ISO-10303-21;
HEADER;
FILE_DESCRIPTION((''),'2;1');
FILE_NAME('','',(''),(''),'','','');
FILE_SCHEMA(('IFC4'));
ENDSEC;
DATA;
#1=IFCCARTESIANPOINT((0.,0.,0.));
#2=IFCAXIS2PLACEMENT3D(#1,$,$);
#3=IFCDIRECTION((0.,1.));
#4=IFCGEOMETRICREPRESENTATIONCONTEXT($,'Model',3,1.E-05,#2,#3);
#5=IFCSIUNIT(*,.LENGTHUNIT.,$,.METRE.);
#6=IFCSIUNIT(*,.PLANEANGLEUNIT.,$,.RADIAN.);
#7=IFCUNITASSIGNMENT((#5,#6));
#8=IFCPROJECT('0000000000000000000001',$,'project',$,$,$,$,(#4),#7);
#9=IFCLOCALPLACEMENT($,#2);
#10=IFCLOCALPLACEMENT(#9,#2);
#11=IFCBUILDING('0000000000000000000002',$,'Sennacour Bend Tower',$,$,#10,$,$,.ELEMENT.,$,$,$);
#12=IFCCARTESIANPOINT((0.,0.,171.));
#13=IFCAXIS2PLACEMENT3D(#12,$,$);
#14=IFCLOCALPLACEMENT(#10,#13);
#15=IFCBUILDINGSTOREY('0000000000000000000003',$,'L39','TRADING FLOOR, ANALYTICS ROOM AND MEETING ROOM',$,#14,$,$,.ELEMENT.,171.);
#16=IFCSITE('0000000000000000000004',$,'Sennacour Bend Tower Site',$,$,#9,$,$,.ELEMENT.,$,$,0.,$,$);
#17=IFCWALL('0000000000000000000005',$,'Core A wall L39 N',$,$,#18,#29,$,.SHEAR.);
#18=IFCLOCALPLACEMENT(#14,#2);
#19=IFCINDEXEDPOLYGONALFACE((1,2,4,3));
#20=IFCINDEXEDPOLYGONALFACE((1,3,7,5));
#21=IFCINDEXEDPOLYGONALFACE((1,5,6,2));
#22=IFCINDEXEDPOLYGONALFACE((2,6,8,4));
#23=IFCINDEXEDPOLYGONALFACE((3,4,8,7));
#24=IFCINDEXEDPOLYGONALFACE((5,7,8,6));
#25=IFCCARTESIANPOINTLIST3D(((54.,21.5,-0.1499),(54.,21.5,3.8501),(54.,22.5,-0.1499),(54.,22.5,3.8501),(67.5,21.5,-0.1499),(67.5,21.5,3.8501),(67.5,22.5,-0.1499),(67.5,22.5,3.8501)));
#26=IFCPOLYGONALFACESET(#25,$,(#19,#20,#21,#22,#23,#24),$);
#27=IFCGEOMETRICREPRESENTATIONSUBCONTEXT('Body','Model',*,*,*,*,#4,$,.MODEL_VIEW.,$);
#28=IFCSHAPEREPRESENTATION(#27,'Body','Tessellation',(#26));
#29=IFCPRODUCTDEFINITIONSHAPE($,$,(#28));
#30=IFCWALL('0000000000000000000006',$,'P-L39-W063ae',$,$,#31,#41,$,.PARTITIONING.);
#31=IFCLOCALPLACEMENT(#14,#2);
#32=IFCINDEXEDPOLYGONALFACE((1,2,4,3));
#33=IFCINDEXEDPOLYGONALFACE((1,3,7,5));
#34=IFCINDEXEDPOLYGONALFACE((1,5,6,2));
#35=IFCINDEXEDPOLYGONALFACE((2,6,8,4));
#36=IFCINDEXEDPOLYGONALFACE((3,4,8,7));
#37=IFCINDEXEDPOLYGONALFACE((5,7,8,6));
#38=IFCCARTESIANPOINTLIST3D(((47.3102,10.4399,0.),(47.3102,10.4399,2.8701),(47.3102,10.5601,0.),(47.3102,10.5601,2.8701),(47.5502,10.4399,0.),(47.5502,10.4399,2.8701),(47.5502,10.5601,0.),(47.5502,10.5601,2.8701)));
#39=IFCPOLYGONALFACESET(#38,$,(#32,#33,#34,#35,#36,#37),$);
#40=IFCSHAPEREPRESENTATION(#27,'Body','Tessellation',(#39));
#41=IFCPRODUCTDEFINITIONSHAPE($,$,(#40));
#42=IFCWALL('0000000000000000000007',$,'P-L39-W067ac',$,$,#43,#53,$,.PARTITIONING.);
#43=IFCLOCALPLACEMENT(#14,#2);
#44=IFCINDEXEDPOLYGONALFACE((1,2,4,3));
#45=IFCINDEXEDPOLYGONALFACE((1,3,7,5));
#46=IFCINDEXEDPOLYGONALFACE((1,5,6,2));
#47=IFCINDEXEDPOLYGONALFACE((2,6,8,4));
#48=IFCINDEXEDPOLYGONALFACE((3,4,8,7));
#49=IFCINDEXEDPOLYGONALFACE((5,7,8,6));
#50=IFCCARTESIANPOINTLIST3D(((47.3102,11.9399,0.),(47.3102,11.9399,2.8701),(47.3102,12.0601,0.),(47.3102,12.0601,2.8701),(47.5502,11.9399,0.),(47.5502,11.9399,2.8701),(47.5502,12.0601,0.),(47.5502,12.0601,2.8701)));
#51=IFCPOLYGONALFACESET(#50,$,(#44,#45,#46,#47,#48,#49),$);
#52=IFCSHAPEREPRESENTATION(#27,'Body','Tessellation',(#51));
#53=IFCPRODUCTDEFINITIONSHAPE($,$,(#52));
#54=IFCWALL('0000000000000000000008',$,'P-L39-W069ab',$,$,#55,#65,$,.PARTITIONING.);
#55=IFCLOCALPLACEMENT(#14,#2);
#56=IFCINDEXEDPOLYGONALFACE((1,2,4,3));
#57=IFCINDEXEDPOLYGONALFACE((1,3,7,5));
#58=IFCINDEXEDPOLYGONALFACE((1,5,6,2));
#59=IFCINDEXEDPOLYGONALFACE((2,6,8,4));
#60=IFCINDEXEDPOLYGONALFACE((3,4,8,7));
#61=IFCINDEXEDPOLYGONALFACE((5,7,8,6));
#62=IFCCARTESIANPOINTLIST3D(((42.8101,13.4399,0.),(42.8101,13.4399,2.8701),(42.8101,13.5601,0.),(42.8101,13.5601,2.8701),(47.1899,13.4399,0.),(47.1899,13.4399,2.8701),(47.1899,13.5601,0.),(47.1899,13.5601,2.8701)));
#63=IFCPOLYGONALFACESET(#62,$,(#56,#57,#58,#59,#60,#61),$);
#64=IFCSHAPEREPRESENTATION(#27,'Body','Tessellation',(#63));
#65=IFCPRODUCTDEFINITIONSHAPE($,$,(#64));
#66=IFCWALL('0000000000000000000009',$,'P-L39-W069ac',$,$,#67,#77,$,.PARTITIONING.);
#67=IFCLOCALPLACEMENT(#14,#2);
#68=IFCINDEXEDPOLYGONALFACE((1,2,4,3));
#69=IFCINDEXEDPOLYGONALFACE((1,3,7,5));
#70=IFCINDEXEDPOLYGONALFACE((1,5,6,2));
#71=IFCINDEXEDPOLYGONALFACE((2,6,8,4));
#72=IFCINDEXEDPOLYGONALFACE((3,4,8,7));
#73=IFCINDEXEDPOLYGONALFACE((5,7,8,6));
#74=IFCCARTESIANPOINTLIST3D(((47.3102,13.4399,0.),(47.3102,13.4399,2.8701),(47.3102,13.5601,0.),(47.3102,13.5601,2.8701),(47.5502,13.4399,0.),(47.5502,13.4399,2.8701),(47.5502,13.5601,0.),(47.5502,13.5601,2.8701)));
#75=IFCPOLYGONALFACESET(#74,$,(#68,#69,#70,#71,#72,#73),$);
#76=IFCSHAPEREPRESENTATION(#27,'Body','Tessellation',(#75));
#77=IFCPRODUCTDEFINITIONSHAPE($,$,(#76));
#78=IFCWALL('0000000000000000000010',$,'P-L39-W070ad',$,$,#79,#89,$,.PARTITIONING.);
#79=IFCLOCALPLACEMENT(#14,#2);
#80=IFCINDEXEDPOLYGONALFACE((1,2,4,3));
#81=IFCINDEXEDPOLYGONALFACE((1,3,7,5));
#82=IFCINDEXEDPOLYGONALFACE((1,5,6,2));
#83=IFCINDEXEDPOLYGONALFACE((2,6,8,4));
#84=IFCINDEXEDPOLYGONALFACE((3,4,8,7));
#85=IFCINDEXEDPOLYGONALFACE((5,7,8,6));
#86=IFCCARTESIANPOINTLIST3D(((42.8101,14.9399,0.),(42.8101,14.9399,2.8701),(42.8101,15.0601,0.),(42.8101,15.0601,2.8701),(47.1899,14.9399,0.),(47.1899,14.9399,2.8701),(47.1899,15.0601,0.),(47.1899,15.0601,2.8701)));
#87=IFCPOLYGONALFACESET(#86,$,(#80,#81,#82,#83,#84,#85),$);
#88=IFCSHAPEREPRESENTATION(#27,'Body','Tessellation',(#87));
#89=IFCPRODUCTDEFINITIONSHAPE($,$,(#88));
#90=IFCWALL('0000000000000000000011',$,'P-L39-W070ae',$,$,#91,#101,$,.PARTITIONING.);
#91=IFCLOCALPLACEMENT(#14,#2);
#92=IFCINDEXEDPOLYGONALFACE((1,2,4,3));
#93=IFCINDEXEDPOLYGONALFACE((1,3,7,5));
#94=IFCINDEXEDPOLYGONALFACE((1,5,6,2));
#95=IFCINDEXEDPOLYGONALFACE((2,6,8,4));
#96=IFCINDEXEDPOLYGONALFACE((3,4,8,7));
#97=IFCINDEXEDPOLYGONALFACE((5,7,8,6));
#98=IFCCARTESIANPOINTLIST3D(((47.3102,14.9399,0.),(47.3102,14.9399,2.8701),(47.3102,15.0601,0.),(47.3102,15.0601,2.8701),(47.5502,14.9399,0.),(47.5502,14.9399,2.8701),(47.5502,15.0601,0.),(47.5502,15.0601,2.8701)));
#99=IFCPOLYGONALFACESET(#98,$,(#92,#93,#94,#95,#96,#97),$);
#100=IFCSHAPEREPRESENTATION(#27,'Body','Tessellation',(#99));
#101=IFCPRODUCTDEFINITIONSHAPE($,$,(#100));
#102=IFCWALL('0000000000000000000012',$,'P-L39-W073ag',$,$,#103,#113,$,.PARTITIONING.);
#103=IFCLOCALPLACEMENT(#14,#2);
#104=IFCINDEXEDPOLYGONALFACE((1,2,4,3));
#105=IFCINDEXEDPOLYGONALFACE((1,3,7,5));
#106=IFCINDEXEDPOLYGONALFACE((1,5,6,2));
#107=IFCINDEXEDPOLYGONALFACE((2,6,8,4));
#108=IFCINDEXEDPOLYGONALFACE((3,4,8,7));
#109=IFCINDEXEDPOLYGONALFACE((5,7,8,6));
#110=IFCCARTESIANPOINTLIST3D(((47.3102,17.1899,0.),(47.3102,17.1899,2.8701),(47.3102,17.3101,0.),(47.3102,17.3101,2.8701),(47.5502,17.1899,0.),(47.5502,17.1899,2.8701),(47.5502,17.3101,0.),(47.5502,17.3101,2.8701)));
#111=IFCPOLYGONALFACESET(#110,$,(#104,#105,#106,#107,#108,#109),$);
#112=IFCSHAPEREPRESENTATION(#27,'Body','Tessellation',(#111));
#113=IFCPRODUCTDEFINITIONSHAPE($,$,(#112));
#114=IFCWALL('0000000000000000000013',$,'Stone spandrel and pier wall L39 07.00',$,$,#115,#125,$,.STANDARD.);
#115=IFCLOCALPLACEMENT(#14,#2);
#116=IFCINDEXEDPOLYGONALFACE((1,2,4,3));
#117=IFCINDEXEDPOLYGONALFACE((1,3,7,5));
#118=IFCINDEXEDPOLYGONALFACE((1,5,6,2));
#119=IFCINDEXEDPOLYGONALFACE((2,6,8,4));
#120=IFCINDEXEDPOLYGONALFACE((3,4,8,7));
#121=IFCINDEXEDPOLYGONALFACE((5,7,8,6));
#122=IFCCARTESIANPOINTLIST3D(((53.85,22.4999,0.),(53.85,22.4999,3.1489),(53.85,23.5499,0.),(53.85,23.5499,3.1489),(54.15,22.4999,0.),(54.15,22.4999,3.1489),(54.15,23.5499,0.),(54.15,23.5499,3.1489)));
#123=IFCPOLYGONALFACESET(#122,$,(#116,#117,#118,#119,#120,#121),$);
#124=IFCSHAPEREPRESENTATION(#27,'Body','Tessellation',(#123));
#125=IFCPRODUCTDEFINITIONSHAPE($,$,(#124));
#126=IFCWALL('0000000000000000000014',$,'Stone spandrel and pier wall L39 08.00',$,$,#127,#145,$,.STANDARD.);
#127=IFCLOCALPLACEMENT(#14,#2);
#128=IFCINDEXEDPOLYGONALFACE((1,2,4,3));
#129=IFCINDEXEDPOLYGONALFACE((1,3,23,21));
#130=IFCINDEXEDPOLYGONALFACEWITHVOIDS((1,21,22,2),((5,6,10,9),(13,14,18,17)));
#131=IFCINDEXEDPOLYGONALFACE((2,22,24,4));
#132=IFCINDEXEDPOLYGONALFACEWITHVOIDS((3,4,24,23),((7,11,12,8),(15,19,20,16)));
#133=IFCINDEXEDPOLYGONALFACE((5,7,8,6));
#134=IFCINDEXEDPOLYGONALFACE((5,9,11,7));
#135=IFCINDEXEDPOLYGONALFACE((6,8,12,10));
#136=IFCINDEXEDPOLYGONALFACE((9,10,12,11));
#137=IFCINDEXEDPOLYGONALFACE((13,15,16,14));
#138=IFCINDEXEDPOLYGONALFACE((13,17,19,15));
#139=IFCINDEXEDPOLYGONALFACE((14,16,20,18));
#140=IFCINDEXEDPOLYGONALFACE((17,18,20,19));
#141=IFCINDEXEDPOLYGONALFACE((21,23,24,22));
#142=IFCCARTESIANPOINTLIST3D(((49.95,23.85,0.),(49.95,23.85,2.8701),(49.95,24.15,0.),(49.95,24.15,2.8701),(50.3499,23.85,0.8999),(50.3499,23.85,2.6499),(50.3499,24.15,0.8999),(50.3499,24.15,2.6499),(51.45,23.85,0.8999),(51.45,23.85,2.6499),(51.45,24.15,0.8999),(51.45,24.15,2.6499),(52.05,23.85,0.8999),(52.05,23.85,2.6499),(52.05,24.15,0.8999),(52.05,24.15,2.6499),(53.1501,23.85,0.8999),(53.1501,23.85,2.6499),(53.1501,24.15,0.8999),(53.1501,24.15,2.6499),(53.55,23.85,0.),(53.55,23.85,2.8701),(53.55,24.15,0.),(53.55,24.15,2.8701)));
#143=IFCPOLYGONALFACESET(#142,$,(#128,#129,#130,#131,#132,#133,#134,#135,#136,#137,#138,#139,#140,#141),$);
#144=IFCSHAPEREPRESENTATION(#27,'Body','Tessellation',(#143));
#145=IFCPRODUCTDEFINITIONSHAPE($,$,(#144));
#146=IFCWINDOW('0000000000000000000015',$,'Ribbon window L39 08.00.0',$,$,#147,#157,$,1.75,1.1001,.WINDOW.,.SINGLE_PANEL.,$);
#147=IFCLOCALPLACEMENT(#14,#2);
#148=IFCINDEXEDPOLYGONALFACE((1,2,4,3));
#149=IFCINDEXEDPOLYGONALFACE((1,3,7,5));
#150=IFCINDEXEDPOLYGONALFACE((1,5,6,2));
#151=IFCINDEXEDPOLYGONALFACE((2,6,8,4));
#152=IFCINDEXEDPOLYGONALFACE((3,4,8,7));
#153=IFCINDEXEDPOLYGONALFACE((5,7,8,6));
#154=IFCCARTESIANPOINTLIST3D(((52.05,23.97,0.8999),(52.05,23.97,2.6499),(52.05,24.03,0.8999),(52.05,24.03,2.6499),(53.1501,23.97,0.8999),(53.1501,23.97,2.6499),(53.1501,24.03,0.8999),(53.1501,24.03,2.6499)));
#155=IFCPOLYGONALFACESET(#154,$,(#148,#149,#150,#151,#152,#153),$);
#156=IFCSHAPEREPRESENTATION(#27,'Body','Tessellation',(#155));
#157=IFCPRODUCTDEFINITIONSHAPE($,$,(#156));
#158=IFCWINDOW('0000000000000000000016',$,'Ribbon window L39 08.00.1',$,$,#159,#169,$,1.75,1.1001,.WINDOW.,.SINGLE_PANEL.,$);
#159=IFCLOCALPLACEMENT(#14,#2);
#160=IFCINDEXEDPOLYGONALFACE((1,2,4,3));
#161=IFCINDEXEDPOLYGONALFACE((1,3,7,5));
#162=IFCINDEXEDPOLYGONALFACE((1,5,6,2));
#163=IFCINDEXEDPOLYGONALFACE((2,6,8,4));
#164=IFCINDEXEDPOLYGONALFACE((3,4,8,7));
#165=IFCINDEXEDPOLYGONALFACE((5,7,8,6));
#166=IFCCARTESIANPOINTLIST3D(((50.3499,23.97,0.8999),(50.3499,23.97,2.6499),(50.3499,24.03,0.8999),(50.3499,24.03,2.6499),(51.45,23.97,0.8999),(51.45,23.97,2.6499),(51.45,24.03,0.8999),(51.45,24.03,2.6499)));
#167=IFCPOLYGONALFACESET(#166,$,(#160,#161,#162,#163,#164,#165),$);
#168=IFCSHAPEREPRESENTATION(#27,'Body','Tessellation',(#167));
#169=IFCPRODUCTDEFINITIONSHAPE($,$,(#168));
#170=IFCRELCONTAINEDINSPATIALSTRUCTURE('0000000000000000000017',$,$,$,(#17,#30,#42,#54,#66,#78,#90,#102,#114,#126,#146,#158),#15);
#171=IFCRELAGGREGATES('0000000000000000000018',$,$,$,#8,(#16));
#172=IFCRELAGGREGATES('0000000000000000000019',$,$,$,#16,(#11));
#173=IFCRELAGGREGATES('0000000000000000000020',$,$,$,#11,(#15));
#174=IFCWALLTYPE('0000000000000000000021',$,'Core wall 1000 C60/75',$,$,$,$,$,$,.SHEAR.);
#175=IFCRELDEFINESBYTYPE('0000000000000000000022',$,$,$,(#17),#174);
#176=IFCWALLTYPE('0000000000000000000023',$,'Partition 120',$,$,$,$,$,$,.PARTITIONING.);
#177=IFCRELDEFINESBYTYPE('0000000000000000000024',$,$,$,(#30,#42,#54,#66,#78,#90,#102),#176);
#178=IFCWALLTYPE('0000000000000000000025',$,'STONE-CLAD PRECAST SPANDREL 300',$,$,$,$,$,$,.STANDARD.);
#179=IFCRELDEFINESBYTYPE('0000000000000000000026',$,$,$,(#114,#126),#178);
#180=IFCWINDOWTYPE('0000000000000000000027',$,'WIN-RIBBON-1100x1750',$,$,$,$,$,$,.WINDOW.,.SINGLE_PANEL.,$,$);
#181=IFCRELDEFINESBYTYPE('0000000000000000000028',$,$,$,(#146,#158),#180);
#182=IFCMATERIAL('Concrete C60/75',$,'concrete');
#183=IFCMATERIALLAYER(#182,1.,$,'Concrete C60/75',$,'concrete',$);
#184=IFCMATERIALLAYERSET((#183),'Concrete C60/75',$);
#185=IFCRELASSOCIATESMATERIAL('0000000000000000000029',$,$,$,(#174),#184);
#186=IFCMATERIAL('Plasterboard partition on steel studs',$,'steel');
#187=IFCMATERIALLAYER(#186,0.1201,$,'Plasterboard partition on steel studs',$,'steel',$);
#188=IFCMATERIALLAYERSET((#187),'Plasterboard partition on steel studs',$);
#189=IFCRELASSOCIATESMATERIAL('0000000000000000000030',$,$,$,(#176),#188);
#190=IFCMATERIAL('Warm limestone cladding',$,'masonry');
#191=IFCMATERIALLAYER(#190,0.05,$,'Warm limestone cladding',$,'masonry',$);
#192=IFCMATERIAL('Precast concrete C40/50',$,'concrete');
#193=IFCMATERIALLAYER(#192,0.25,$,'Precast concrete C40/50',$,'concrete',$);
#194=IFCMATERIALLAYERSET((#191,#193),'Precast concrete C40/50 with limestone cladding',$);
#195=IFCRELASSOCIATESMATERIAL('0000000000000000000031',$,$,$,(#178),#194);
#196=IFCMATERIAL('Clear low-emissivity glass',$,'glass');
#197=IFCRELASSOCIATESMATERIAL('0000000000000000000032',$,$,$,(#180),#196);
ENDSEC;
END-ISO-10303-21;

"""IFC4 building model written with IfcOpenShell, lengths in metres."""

from ifc_helpers import new_model, si_unit, direction, frame, frame_2d, origin, place, context, subcontext, project, spatial, rectangle, extrude, material, layer, layer_set, type_object, element, fill, save


model = new_model("IFC4")

# Units and contexts
model_context = context("Model", 3, precision=1e-05, world=origin(), true_north=direction((0.0, 1.0)))
body_context = subcontext(model_context, "Body", "Model", "MODEL_VIEW")
ifc_project = project(units=[si_unit("LENGTHUNIT", "METRE"), si_unit("PLANEANGLEUNIT", "RADIAN")], contexts=[model_context])

# Site, building, storey
site_placement = place(None, origin())
site = spatial("IfcSite", under=ifc_project, at=site_placement, Name="Sennacour Bend Tower Site", CompositionType="ELEMENT", RefElevation=0.0)
building_placement = place(site_placement, origin())
building = spatial("IfcBuilding", under=site, at=building_placement, Name="Sennacour Bend Tower", CompositionType="ELEMENT")
storey_placement = place(building_placement, frame((0.0, 0.0, 171.0)))
storey = spatial("IfcBuildingStorey", under=building, at=storey_placement, Name="L39", Description="TRADING FLOOR, ANALYTICS ROOM AND MEETING ROOM", CompositionType="ELEMENT", Elevation=171.0)

# Walls
ifc_material_1 = material(Name="Concrete C60/75", Category="concrete")
ifc_layer_1 = layer(ifc_material_1, 1.0, Name="Concrete C60/75", Category="concrete")
ifc_layer_set_1 = layer_set([ifc_layer_1], Name="Concrete C60/75")
wall_type_1 = type_object("IfcWallType", Name="Core wall 1000 C60/75", PredefinedType="SHEAR", material=ifc_layer_set_1)
wall_1_placement = place(storey_placement, frame((54.0, 22.0, -0.1499), z_axis=(0.0, 0.0, 1.0), x_axis=(1.0, 0.0, 0.0)))
element("IfcWall", 1, at=wall_1_placement, inside=storey, type_object=wall_type_1, Name="Core A wall L39 N", PredefinedType="SHEAR", context=body_context, shape_type="SweptSolid", body=[
    extrude(rectangle(XDim=13.5, YDim=1.0, at=frame_2d((6.75, 0.0))), origin(), (0.0, 0.0, 1.0), 4.0),
])
ifc_material_2 = material(Name="Plasterboard partition on steel studs", Category="steel")
ifc_layer_2 = layer(ifc_material_2, 0.1201, Name="Plasterboard partition on steel studs", Category="steel")
ifc_layer_set_2 = layer_set([ifc_layer_2], Name="Plasterboard partition on steel studs")
wall_type_2 = type_object("IfcWallType", Name="Partition 120", PredefinedType="PARTITIONING", material=ifc_layer_set_2)
for number, where, z_axis, x_axis, name in (
    (2, (47.3101, 10.5, 0.0), (0.0, 0.0, 1.0), (1.0, 0.0, 0.0), "P-L39-W063ae"),
    (3, (47.3101, 12.0, 0.0), (0.0, 0.0, 1.0), (1.0, 0.0, 0.0), "P-L39-W067ac"),
):
    element("IfcWall", number, at=place(storey_placement, frame(where, z_axis=z_axis, x_axis=x_axis)), inside=storey, type_object=wall_type_2, Name=name, PredefinedType="PARTITIONING", context=body_context, shape_type="SweptSolid", body=[
        extrude(rectangle(XDim=0.24, YDim=0.1201, at=frame_2d((0.1201, 0.0))), origin(), (0.0, 0.0, 1.0), 2.8701),
    ])
wall_2_placement = place(storey_placement, frame((42.8101, 13.5, 0.0), z_axis=(0.0, 0.0, 1.0), x_axis=(1.0, 0.0, 0.0)))
element("IfcWall", 4, at=wall_2_placement, inside=storey, type_object=wall_type_2, Name="P-L39-W069ab", PredefinedType="PARTITIONING", context=body_context, shape_type="SweptSolid", body=[
    extrude(rectangle(XDim=4.3799, YDim=0.1201, at=frame_2d((2.1899, 0.0))), origin(), (0.0, 0.0, 1.0), 2.8701),
])
wall_3_placement = place(storey_placement, frame((47.3101, 13.5, 0.0), z_axis=(0.0, 0.0, 1.0), x_axis=(1.0, 0.0, 0.0)))
element("IfcWall", 5, at=wall_3_placement, inside=storey, type_object=wall_type_2, Name="P-L39-W069ac", PredefinedType="PARTITIONING", context=body_context, shape_type="SweptSolid", body=[
    extrude(rectangle(XDim=0.24, YDim=0.1201, at=frame_2d((0.1201, 0.0))), origin(), (0.0, 0.0, 1.0), 2.8701),
])
wall_4_placement = place(storey_placement, frame((42.8101, 15.0, 0.0), z_axis=(0.0, 0.0, 1.0), x_axis=(1.0, 0.0, 0.0)))
element("IfcWall", 6, at=wall_4_placement, inside=storey, type_object=wall_type_2, Name="P-L39-W070ad", PredefinedType="PARTITIONING", context=body_context, shape_type="SweptSolid", body=[
    extrude(rectangle(XDim=4.3799, YDim=0.1201, at=frame_2d((2.1899, 0.0))), origin(), (0.0, 0.0, 1.0), 2.8701),
])
for number, where, z_axis, x_axis, name in (
    (7, (47.3101, 15.0, 0.0), (0.0, 0.0, 1.0), (1.0, 0.0, 0.0), "P-L39-W070ae"),
    (8, (47.3101, 17.25, 0.0), (0.0, 0.0, 1.0), (1.0, 0.0, 0.0), "P-L39-W073ag"),
):
    element("IfcWall", number, at=place(storey_placement, frame(where, z_axis=z_axis, x_axis=x_axis)), inside=storey, type_object=wall_type_2, Name=name, PredefinedType="PARTITIONING", context=body_context, shape_type="SweptSolid", body=[
        extrude(rectangle(XDim=0.24, YDim=0.1201, at=frame_2d((0.1201, 0.0))), origin(), (0.0, 0.0, 1.0), 2.8701),
    ])
ifc_material_3 = material(Name="Warm limestone cladding", Category="masonry")
ifc_layer_3 = layer(ifc_material_3, 0.05, Name="Warm limestone cladding", Category="masonry")
ifc_material_4 = material(Name="Precast concrete C40/50", Category="concrete")
ifc_layer_4 = layer(ifc_material_4, 0.25, Name="Precast concrete C40/50", Category="concrete")
ifc_layer_set_3 = layer_set([ifc_layer_3, ifc_layer_4], Name="Precast concrete C40/50 with limestone cladding")
wall_type_3 = type_object("IfcWallType", Name="STONE-CLAD PRECAST SPANDREL 300", PredefinedType="STANDARD", material=ifc_layer_set_3)
wall_5_placement = place(storey_placement, frame((54.0, 22.5, 0.0), z_axis=(0.0, 0.0, 1.0), x_axis=(0.0, 1.0, 0.0)))
element("IfcWall", 9, at=wall_5_placement, inside=storey, type_object=wall_type_3, Name="Stone spandrel and pier wall L39 07.00", PredefinedType="STANDARD", context=body_context, shape_type="SweptSolid", body=[
    extrude(rectangle(XDim=1.05, YDim=0.3, at=frame_2d((0.5249, 0.0))), origin(), (0.0, 0.0, 1.0), 3.1489),
])

# Wall, openings, windows
wall_6_placement = place(storey_placement, frame((53.55, 24.0, 0.0), z_axis=(0.0, 0.0, 1.0), x_axis=(-1.0, 0.0, 0.0)))
wall_6 = element("IfcWall", 10, at=wall_6_placement, inside=storey, type_object=wall_type_3, Name="Stone spandrel and pier wall L39 08.00", PredefinedType="STANDARD", context=body_context, shape_type="SweptSolid", body=[
    extrude(rectangle(XDim=3.6001, YDim=0.3, at=frame_2d((1.8, 0.0))), origin(), (0.0, 0.0, 1.0), 2.8701),
])
opening_1_placement = place(wall_6_placement, frame((0.3999, 0.0, 0.8999)))
opening_1 = element("IfcOpeningElement", 11, at=opening_1_placement, cuts=wall_6, PredefinedType="OPENING", context=body_context, shape_type="SweptSolid", body=[
    extrude(rectangle(XDim=1.1001, YDim=1.75, at=frame_2d((0.55, 0.875))), frame((0.0, 0.1602, 0.0), z_axis=(0.0, -1.0, 0.0), x_axis=(1.0, 0.0, 0.0)), (0.0, 0.0, 1.0), 0.3201),
])
opening_2_placement = place(wall_6_placement, frame((2.1001, 0.0, 0.8999)))
opening_2 = element("IfcOpeningElement", 12, at=opening_2_placement, cuts=wall_6, PredefinedType="OPENING", context=body_context, shape_type="SweptSolid", body=[
    extrude(rectangle(XDim=1.1001, YDim=1.75, at=frame_2d((0.55, 0.875))), frame((0.0, 0.1602, 0.0), z_axis=(0.0, -1.0, 0.0), x_axis=(1.0, 0.0, 0.0)), (0.0, 0.0, 1.0), 0.3201),
])
ifc_material_5 = material(Name="Clear low-emissivity glass", Category="glass")
window_type = type_object("IfcWindowType", Name="WIN-RIBBON-1100x1750", PartitioningType="SINGLE_PANEL", PredefinedType="WINDOW", material=ifc_material_5)
window_1_placement = place(opening_1_placement, origin())
window_1 = element("IfcWindow", 13, at=window_1_placement, inside=storey, type_object=window_type, Name="Ribbon window L39 08.00.0", OverallHeight=1.75, OverallWidth=1.1001, PartitioningType="SINGLE_PANEL", PredefinedType="WINDOW", context=body_context, shape_type="SweptSolid", body=[
    extrude(rectangle(XDim=1.1001, YDim=1.75, at=frame_2d((0.55, 0.875))), frame((0.0, 0.03, 0.0), z_axis=(0.0, -1.0, 0.0), x_axis=(1.0, 0.0, 0.0)), (0.0, 0.0, 1.0), 0.0601),
])
fill(opening_1, window_1)
window_2_placement = place(opening_2_placement, origin())
window_2 = element("IfcWindow", 14, at=window_2_placement, inside=storey, type_object=window_type, Name="Ribbon window L39 08.00.1", OverallHeight=1.75, OverallWidth=1.1001, PartitioningType="SINGLE_PANEL", PredefinedType="WINDOW", context=body_context, shape_type="SweptSolid", body=[
    extrude(rectangle(XDim=1.1001, YDim=1.75, at=frame_2d((0.55, 0.875))), frame((0.0, 0.03, 0.0), z_axis=(0.0, -1.0, 0.0), x_axis=(1.0, 0.0, 0.0)), (0.0, 0.0, 1.0), 0.0601),
])
fill(opening_2, window_2)

save(model, "model.ifc")
